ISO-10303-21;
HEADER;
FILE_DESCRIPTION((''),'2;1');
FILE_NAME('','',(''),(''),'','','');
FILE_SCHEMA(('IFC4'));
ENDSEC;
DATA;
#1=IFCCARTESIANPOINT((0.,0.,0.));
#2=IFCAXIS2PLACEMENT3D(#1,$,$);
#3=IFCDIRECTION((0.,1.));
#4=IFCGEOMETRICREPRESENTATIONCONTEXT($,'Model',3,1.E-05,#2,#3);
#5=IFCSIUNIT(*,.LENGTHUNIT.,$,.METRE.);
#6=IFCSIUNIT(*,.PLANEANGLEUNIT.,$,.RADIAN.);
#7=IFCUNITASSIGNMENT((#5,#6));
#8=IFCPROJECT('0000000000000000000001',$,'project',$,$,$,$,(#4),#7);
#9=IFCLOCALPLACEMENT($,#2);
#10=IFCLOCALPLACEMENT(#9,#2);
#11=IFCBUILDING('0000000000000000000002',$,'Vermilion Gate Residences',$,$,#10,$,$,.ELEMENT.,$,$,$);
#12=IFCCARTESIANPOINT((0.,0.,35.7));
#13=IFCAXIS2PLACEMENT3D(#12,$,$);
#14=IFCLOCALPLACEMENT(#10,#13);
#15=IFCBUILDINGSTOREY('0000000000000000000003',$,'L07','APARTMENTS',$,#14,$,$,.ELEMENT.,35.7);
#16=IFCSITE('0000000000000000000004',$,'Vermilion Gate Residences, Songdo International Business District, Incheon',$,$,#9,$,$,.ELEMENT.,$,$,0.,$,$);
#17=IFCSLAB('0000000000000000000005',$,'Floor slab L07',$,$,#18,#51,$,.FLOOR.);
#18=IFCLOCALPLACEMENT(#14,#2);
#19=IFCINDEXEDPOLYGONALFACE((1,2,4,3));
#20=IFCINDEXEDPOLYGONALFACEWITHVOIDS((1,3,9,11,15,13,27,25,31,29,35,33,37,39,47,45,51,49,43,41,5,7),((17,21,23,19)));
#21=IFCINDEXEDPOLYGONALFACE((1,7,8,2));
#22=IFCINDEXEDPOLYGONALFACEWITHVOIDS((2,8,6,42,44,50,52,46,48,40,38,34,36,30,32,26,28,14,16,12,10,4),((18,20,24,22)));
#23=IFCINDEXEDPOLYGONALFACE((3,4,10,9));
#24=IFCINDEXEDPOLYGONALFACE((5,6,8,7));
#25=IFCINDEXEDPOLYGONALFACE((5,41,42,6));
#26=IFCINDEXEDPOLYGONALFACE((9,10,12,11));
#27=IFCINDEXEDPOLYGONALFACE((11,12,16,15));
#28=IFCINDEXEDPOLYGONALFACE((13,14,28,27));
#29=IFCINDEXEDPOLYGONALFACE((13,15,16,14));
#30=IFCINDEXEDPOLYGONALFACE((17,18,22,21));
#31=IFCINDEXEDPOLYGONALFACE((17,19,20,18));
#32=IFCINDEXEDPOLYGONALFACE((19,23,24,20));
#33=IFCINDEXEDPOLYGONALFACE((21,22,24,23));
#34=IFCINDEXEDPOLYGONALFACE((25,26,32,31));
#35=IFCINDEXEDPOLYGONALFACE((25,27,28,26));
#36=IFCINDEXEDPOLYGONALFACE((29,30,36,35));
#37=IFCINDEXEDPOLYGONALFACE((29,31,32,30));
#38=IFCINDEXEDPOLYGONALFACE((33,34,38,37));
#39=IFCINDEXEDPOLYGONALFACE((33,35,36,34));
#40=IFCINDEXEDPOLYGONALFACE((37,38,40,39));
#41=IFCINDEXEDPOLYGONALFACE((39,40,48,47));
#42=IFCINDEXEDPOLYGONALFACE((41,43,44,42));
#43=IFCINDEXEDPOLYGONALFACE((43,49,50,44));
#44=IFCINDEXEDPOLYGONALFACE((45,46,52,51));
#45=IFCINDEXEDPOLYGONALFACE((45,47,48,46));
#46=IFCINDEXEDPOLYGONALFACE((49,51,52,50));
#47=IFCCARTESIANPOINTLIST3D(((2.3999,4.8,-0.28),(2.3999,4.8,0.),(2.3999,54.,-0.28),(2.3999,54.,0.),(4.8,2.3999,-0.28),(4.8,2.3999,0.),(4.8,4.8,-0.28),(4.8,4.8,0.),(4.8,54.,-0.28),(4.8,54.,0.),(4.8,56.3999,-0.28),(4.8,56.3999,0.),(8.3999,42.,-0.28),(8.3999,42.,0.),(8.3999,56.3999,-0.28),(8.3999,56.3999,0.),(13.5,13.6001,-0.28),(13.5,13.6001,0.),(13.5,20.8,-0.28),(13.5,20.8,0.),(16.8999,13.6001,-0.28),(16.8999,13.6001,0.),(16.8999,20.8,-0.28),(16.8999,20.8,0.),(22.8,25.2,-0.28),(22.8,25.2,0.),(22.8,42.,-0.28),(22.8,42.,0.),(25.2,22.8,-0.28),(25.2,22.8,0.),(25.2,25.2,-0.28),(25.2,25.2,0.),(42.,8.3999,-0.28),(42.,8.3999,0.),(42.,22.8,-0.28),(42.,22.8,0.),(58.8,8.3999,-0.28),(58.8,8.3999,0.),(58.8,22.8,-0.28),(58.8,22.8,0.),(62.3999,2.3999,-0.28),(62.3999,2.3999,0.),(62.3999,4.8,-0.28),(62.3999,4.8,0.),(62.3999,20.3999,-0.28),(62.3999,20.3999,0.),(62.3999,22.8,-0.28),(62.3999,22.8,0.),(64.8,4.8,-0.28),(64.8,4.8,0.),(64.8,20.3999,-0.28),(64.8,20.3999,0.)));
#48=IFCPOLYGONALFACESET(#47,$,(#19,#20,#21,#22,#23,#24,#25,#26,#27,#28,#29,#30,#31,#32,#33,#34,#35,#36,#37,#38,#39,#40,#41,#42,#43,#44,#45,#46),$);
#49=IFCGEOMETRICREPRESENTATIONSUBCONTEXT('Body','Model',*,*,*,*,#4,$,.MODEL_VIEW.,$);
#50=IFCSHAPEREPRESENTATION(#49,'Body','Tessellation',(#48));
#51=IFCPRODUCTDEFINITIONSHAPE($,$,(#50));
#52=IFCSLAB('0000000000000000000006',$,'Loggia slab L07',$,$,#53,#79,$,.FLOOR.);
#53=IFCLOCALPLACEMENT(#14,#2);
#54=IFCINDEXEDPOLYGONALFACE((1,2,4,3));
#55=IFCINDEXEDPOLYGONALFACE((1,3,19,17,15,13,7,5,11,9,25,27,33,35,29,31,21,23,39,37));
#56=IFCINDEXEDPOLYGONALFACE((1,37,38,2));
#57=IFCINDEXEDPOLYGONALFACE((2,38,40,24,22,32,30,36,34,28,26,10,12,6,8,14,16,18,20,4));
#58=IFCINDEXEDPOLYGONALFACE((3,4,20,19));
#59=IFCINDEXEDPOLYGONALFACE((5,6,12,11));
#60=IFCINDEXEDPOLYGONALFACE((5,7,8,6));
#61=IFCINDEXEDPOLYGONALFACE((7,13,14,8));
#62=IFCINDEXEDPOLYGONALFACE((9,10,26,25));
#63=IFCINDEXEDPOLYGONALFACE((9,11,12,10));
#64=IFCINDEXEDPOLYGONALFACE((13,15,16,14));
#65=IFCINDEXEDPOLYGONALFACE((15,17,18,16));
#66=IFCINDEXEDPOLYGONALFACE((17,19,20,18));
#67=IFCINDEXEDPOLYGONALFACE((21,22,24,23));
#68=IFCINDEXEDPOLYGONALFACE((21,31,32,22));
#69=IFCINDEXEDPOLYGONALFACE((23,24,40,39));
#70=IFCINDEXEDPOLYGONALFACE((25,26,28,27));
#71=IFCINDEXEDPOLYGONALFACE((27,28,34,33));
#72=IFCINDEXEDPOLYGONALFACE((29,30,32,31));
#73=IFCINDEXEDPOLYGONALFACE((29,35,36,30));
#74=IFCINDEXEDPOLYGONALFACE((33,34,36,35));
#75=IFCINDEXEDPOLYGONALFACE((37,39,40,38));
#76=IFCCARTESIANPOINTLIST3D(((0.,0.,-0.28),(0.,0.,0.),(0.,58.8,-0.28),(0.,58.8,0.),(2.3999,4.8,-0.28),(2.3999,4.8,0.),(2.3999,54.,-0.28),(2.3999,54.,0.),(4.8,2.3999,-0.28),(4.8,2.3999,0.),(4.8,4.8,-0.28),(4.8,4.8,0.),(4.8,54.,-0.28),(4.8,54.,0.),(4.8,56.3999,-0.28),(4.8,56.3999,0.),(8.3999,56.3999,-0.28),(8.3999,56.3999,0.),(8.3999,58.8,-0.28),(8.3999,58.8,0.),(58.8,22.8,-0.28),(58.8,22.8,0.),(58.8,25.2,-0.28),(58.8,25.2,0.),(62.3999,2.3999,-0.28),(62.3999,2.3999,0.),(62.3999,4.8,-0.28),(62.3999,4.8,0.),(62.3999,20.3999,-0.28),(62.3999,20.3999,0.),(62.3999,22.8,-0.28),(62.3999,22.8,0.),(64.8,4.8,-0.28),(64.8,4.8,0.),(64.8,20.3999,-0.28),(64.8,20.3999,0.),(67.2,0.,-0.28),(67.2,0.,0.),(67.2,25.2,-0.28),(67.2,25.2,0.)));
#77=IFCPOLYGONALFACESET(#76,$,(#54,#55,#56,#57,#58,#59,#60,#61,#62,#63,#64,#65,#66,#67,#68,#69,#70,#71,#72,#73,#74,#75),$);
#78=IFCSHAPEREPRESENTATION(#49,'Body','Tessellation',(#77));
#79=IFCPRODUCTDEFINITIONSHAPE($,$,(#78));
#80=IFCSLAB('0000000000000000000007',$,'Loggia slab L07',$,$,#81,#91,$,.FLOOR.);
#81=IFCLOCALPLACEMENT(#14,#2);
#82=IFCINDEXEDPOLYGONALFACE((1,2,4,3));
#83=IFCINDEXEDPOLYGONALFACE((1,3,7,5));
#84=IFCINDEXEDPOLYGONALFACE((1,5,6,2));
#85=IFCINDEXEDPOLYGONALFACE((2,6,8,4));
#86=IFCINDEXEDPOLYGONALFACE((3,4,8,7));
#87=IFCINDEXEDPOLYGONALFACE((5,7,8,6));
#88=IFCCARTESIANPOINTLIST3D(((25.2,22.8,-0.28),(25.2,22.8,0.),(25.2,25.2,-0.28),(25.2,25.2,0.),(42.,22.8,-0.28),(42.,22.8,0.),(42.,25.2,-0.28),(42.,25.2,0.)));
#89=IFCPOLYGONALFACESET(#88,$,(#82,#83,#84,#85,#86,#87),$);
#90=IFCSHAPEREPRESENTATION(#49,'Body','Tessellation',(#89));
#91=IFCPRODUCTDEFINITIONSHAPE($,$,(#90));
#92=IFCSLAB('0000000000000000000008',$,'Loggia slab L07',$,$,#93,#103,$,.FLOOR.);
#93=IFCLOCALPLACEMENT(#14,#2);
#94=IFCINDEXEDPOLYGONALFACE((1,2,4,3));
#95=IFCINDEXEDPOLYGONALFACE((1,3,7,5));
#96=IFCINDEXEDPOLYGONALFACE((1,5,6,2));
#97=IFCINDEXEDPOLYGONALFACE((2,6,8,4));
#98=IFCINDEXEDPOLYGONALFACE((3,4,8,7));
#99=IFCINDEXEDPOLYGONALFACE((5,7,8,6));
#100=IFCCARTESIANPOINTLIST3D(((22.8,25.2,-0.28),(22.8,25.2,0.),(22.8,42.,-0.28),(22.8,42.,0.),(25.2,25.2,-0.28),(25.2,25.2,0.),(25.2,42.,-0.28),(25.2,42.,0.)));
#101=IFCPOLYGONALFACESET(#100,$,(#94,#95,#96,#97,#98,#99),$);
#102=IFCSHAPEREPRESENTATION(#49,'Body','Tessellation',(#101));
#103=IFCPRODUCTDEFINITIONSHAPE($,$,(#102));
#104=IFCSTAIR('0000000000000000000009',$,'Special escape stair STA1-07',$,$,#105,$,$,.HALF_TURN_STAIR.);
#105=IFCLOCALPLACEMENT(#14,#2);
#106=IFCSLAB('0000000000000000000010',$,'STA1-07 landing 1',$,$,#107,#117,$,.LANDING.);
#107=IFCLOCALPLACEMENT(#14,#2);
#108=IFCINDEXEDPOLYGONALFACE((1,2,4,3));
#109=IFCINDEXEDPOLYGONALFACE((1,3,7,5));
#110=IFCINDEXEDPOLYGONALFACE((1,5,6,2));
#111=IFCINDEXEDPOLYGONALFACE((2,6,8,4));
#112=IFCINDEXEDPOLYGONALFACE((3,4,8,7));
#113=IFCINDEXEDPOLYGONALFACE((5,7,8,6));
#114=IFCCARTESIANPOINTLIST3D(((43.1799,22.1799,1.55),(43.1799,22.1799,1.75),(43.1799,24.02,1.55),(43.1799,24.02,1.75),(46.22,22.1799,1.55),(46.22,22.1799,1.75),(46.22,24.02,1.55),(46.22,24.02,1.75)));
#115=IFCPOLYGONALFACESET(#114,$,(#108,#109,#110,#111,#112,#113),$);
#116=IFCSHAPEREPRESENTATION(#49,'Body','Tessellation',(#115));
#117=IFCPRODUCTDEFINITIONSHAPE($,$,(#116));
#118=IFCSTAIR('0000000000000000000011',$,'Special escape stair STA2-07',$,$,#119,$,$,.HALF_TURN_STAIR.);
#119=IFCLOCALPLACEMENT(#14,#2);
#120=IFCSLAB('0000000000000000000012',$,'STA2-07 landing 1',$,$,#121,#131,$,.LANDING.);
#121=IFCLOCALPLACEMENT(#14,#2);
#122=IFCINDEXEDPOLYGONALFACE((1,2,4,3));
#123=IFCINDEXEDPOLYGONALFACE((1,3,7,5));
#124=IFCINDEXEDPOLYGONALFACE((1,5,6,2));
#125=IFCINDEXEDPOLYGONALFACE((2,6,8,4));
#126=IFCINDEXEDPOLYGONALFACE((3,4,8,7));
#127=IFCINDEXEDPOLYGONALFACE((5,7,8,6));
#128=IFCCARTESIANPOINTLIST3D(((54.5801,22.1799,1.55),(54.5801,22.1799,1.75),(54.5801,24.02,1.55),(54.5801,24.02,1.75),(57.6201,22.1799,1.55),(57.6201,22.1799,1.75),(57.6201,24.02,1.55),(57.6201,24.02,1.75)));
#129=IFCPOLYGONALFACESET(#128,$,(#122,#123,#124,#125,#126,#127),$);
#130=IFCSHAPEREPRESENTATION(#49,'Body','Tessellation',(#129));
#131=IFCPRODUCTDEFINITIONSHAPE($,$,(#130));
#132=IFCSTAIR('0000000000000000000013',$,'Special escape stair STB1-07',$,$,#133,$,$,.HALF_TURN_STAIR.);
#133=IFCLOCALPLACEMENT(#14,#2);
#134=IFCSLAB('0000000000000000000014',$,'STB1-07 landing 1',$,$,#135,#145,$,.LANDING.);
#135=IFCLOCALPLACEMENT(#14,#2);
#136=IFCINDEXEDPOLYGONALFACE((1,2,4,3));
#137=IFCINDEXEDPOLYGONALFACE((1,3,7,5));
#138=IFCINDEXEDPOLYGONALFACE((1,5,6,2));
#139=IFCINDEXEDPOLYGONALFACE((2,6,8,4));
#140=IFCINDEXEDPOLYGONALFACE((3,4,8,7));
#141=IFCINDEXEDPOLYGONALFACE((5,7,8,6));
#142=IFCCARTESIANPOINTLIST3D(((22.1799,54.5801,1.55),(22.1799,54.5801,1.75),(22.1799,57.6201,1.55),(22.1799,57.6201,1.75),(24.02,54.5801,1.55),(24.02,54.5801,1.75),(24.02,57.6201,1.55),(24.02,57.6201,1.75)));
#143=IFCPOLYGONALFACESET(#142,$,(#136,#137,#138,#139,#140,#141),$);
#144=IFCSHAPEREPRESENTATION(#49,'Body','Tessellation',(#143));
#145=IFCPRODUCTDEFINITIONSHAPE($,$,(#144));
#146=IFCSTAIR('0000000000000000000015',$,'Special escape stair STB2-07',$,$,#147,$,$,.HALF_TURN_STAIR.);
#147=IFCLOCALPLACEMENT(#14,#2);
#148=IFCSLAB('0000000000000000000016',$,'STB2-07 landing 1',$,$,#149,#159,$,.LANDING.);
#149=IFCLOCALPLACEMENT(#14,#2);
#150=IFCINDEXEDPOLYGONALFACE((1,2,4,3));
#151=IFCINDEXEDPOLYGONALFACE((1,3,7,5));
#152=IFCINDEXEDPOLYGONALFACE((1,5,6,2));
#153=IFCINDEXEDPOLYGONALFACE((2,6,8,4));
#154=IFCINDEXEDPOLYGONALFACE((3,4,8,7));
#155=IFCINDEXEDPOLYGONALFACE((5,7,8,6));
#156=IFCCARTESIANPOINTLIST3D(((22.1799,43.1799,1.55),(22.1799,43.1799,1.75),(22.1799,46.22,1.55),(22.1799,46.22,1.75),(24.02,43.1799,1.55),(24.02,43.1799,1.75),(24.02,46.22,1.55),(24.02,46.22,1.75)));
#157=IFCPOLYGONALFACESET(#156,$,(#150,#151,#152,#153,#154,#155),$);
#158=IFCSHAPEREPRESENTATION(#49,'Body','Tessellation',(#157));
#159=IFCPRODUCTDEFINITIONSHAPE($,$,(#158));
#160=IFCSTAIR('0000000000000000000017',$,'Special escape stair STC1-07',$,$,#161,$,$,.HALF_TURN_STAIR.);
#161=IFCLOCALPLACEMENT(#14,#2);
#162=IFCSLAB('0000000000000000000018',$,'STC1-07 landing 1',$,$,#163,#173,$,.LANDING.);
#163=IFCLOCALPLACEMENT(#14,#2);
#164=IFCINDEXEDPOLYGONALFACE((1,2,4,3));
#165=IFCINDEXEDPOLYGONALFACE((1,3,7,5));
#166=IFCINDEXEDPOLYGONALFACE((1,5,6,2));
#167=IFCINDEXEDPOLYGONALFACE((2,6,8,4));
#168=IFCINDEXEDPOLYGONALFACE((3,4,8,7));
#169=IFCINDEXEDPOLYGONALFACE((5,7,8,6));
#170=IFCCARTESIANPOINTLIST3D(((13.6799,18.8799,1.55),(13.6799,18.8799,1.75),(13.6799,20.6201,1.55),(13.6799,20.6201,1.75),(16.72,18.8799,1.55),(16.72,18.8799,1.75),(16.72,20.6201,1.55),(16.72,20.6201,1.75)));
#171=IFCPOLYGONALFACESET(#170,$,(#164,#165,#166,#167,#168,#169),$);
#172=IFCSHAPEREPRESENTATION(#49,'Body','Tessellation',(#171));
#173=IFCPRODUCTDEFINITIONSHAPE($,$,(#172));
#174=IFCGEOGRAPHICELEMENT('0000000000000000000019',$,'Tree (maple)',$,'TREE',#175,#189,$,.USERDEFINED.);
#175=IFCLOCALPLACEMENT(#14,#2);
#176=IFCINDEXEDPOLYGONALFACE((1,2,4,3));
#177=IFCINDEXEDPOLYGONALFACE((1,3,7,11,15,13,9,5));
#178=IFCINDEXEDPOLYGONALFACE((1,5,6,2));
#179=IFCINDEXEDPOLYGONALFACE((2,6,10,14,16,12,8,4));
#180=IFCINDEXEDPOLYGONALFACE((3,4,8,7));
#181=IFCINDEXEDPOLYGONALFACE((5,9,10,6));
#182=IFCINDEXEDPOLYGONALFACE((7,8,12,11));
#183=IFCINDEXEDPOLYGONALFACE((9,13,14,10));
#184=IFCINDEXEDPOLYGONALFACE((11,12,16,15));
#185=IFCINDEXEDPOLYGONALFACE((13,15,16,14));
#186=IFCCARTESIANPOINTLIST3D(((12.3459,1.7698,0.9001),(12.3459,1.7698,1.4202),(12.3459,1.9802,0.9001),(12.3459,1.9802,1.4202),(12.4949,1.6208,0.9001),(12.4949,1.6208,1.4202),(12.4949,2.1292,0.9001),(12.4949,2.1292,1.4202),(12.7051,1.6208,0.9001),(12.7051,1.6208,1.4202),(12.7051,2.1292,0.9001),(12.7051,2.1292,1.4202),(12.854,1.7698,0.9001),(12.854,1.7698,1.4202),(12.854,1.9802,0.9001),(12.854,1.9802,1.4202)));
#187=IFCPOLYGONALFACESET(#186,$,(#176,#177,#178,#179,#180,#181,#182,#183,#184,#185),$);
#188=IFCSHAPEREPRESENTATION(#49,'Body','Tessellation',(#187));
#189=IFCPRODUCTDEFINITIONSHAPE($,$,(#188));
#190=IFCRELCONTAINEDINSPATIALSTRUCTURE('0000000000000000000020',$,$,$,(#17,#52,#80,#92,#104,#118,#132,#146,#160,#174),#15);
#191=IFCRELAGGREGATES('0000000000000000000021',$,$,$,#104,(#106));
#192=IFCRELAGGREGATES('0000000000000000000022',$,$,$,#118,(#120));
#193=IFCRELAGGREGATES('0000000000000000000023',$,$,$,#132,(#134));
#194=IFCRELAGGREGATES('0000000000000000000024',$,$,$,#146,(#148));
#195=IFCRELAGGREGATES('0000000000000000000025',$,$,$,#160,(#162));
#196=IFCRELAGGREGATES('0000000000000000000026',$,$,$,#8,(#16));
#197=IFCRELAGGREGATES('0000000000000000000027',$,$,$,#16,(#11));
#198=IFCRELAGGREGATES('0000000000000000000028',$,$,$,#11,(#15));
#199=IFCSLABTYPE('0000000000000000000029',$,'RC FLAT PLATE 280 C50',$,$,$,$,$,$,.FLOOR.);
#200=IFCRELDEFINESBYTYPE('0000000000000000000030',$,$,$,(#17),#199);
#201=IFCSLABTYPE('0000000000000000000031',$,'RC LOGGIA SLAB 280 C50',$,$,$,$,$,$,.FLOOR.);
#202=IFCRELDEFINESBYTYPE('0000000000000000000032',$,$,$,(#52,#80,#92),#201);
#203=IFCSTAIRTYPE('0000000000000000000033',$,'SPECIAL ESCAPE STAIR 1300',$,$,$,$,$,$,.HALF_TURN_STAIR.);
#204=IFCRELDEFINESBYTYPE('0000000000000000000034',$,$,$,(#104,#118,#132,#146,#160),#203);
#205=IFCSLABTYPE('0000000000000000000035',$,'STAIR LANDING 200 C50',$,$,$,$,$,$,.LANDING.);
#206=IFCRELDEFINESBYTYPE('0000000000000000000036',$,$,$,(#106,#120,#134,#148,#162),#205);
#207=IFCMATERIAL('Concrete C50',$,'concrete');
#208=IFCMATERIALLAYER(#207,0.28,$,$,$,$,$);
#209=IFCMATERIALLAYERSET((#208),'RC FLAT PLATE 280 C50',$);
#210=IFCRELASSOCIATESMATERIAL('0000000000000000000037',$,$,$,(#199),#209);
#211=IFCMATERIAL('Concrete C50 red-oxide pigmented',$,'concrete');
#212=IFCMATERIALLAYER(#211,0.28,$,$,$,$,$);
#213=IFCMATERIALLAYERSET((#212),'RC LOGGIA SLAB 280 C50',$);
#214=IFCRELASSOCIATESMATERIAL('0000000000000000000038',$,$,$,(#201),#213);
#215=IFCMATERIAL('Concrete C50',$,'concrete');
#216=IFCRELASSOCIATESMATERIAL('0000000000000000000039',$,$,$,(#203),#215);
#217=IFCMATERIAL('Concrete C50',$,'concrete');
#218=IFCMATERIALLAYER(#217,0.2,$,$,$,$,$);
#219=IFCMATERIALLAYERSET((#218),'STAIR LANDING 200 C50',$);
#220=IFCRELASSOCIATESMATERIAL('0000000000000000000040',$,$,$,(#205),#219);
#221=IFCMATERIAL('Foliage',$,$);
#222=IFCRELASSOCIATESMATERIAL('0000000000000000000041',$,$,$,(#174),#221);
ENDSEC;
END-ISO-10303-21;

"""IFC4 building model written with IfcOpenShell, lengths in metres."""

from ifc_helpers import new_model, si_unit, direction, frame, origin, place, context, subcontext, project, spatial, polyline, outline, extrude, material, layer, layer_set, type_object, element, aggregate, save


model = new_model("IFC4")

# Units and contexts
model_context = context("Model", 3, precision=1e-05, world=origin(), true_north=direction((0.0, 1.0)))
body_context = subcontext(model_context, "Body", "Model", "MODEL_VIEW")
ifc_project = project(units=[si_unit("LENGTHUNIT", "METRE"), si_unit("PLANEANGLEUNIT", "RADIAN")], contexts=[model_context])

# Site, building, storey
site_placement = place(None, origin())
site = spatial("IfcSite", under=ifc_project, at=site_placement, Name="Vermilion Gate Residences, Songdo International Business District, Incheon", CompositionType="ELEMENT", RefElevation=0.0)
building_placement = place(site_placement, origin())
building = spatial("IfcBuilding", under=site, at=building_placement, Name="Vermilion Gate Residences", CompositionType="ELEMENT")
storey_placement = place(building_placement, frame((0.0, 0.0, 35.7)))
storey = spatial("IfcBuildingStorey", under=building, at=storey_placement, Name="L07", Description="APARTMENTS", CompositionType="ELEMENT", Elevation=35.7)

# Slabs
ifc_material_1 = material(Name="Concrete C50", Category="concrete")
ifc_layer_1 = layer(ifc_material_1, 0.28)
ifc_layer_set_1 = layer_set([ifc_layer_1], Name="RC FLAT PLATE 280 C50")
slab_type_1 = type_object("IfcSlabType", Name="RC FLAT PLATE 280 C50", PredefinedType="FLOOR", material=ifc_layer_set_1)
slab_1_placement = place(storey_placement, frame((0.0, 0.0, -0.28)))
element("IfcSlab", 1, at=slab_1_placement, inside=storey, type_object=slab_type_1, Name="Floor slab L07", PredefinedType="FLOOR", context=body_context, shape_type="SweptSolid", body=[
    extrude(outline(polyline([(22.8, 25.2), (22.8, 42.0), (8.3999, 42.0), (8.3999, 56.3999), (4.8, 56.3999), (4.8, 54.0), (2.3999, 54.0), (2.3999, 4.8), (4.8, 4.8), (4.8, 2.3999), (62.3999, 2.3999), (62.3999, 4.8), (64.8, 4.8), (64.8, 20.3999), (62.3999, 20.3999), (62.3999, 22.8), (58.8, 22.8), (58.8, 8.3999), (42.0, 8.3999), (42.0, 22.8), (25.2, 22.8), (25.2, 25.2), (22.8, 25.2)]), holes=[polyline([(13.5, 13.6001), (13.5, 20.8), (16.8999, 20.8), (16.8999, 13.6001), (13.5, 13.6001)])]), origin(), (0.0, 0.0, 1.0), 0.28),
])
ifc_material_2 = material(Name="Concrete C50 red-oxide pigmented", Category="concrete")
ifc_layer_2 = layer(ifc_material_2, 0.28)
ifc_layer_set_2 = layer_set([ifc_layer_2], Name="RC LOGGIA SLAB 280 C50")
slab_type_2 = type_object("IfcSlabType", Name="RC LOGGIA SLAB 280 C50", PredefinedType="FLOOR", material=ifc_layer_set_2)
slab_2_placement = place(storey_placement, frame((0.0, 0.0, -0.28)))
element("IfcSlab", 2, at=slab_2_placement, inside=storey, type_object=slab_type_2, Name="Loggia slab L07", PredefinedType="FLOOR", context=body_context, shape_type="SweptSolid", body=[
    extrude(outline(polyline([(0.0, 58.8), (0.0, 0.0), (67.2, 0.0), (67.2, 25.2), (58.8, 25.2), (58.8, 22.8), (62.3999, 22.8), (62.3999, 20.3999), (64.8, 20.3999), (64.8, 4.8), (62.3999, 4.8), (62.3999, 2.3999), (4.8, 2.3999), (4.8, 4.8), (2.3999, 4.8), (2.3999, 54.0), (4.8, 54.0), (4.8, 56.3999), (8.3999, 56.3999), (8.3999, 58.8), (0.0, 58.8)])), origin(), (0.0, 0.0, 1.0), 0.28),
])
slab_3_placement = place(storey_placement, frame((0.0, 0.0, -0.28)))
element("IfcSlab", 3, at=slab_3_placement, inside=storey, type_object=slab_type_2, Name="Loggia slab L07", PredefinedType="FLOOR", context=body_context, shape_type="SweptSolid", body=[
    extrude(outline(polyline([(25.2, 22.8), (42.0, 22.8), (42.0, 25.2), (25.2, 25.2), (25.2, 22.8)])), origin(), (0.0, 0.0, 1.0), 0.28),
])
slab_4_placement = place(storey_placement, frame((0.0, 0.0, -0.28)))
element("IfcSlab", 4, at=slab_4_placement, inside=storey, type_object=slab_type_2, Name="Loggia slab L07", PredefinedType="FLOOR", context=body_context, shape_type="SweptSolid", body=[
    extrude(outline(polyline([(22.8, 42.0), (22.8, 25.2), (25.2, 25.2), (25.2, 42.0), (22.8, 42.0)])), origin(), (0.0, 0.0, 1.0), 0.28),
])

# Stairs, slabs
ifc_material_3 = material(Name="Concrete C50", Category="concrete")
stair_type = type_object("IfcStairType", Name="SPECIAL ESCAPE STAIR 1300", PredefinedType="HALF_TURN_STAIR", material=ifc_material_3)
stair_1_placement = place(storey_placement, origin())
stair_1 = element("IfcStair", 5, at=stair_1_placement, inside=storey, type_object=stair_type, Name="Special escape stair STA1-07", PredefinedType="HALF_TURN_STAIR")
ifc_material_4 = material(Name="Concrete C50", Category="concrete")
ifc_layer_3 = layer(ifc_material_4, 0.2)
ifc_layer_set_3 = layer_set([ifc_layer_3], Name="STAIR LANDING 200 C50")
slab_type_3 = type_object("IfcSlabType", Name="STAIR LANDING 200 C50", PredefinedType="LANDING", material=ifc_layer_set_3)
slab_5_placement = place(storey_placement, frame((0.0, 0.0, 1.55)))
slab_5 = element("IfcSlab", 6, at=slab_5_placement, type_object=slab_type_3, Name="STA1-07 landing 1", PredefinedType="LANDING", context=body_context, shape_type="SweptSolid", body=[
    extrude(outline(polyline([(46.22, 22.1799), (46.22, 24.02), (43.1799, 24.02), (43.1799, 22.1799), (46.22, 22.1799)])), origin(), (0.0, 0.0, 1.0), 0.2),
])
aggregate(stair_1, [slab_5])
stair_2_placement = place(storey_placement, origin())
stair_2 = element("IfcStair", 7, at=stair_2_placement, inside=storey, type_object=stair_type, Name="Special escape stair STA2-07", PredefinedType="HALF_TURN_STAIR")
slab_6_placement = place(storey_placement, frame((0.0, 0.0, 1.55)))
slab_6 = element("IfcSlab", 8, at=slab_6_placement, type_object=slab_type_3, Name="STA2-07 landing 1", PredefinedType="LANDING", context=body_context, shape_type="SweptSolid", body=[
    extrude(outline(polyline([(57.6201, 22.1799), (57.6201, 24.02), (54.5801, 24.02), (54.5801, 22.1799), (57.6201, 22.1799)])), origin(), (0.0, 0.0, 1.0), 0.2),
])
aggregate(stair_2, [slab_6])
stair_3_placement = place(storey_placement, origin())
stair_3 = element("IfcStair", 9, at=stair_3_placement, inside=storey, type_object=stair_type, Name="Special escape stair STB1-07", PredefinedType="HALF_TURN_STAIR")
slab_7_placement = place(storey_placement, frame((0.0, 0.0, 1.55)))
slab_7 = element("IfcSlab", 10, at=slab_7_placement, type_object=slab_type_3, Name="STB1-07 landing 1", PredefinedType="LANDING", context=body_context, shape_type="SweptSolid", body=[
    extrude(outline(polyline([(24.02, 54.5801), (24.02, 57.6201), (22.1799, 57.6201), (22.1799, 54.5801), (24.02, 54.5801)])), origin(), (0.0, 0.0, 1.0), 0.2),
])
aggregate(stair_3, [slab_7])
stair_4_placement = place(storey_placement, origin())
stair_4 = element("IfcStair", 11, at=stair_4_placement, inside=storey, type_object=stair_type, Name="Special escape stair STB2-07", PredefinedType="HALF_TURN_STAIR")
slab_8_placement = place(storey_placement, frame((0.0, 0.0, 1.55)))
slab_8 = element("IfcSlab", 12, at=slab_8_placement, type_object=slab_type_3, Name="STB2-07 landing 1", PredefinedType="LANDING", context=body_context, shape_type="SweptSolid", body=[
    extrude(outline(polyline([(24.02, 43.1799), (24.02, 46.22), (22.1799, 46.22), (22.1799, 43.1799), (24.02, 43.1799)])), origin(), (0.0, 0.0, 1.0), 0.2),
])
aggregate(stair_4, [slab_8])
stair_5_placement = place(storey_placement, origin())
stair_5 = element("IfcStair", 13, at=stair_5_placement, inside=storey, type_object=stair_type, Name="Special escape stair STC1-07", PredefinedType="HALF_TURN_STAIR")
slab_9_placement = place(storey_placement, frame((0.0, 0.0, 1.55)))
slab_9 = element("IfcSlab", 14, at=slab_9_placement, type_object=slab_type_3, Name="STC1-07 landing 1", PredefinedType="LANDING", context=body_context, shape_type="SweptSolid", body=[
    extrude(outline(polyline([(16.72, 18.8799), (16.72, 20.6201), (13.6799, 20.6201), (13.6799, 18.8799), (16.72, 18.8799)])), origin(), (0.0, 0.0, 1.0), 0.2),
])
aggregate(stair_5, [slab_9])

# Geographic element
ifc_material_5 = material(Name="Foliage")
geographic_element_1_placement = place(storey_placement, frame((0.0, 0.0, 0.9001)))
element("IfcGeographicElement", 15, at=geographic_element_1_placement, inside=storey, material=ifc_material_5, Name="Tree (maple)", ObjectType="TREE", PredefinedType="USERDEFINED", context=body_context, shape_type="SweptSolid", body=[
    extrude(outline(polyline([(12.854, 1.9802), (12.7051, 2.1292), (12.4949, 2.1292), (12.3459, 1.9802), (12.3459, 1.7698), (12.4949, 1.6208), (12.7051, 1.6208), (12.854, 1.7698), (12.854, 1.9802)])), origin(), (0.0, 0.0, 1.0), 0.52),
])

save(model, "model.ifc")
